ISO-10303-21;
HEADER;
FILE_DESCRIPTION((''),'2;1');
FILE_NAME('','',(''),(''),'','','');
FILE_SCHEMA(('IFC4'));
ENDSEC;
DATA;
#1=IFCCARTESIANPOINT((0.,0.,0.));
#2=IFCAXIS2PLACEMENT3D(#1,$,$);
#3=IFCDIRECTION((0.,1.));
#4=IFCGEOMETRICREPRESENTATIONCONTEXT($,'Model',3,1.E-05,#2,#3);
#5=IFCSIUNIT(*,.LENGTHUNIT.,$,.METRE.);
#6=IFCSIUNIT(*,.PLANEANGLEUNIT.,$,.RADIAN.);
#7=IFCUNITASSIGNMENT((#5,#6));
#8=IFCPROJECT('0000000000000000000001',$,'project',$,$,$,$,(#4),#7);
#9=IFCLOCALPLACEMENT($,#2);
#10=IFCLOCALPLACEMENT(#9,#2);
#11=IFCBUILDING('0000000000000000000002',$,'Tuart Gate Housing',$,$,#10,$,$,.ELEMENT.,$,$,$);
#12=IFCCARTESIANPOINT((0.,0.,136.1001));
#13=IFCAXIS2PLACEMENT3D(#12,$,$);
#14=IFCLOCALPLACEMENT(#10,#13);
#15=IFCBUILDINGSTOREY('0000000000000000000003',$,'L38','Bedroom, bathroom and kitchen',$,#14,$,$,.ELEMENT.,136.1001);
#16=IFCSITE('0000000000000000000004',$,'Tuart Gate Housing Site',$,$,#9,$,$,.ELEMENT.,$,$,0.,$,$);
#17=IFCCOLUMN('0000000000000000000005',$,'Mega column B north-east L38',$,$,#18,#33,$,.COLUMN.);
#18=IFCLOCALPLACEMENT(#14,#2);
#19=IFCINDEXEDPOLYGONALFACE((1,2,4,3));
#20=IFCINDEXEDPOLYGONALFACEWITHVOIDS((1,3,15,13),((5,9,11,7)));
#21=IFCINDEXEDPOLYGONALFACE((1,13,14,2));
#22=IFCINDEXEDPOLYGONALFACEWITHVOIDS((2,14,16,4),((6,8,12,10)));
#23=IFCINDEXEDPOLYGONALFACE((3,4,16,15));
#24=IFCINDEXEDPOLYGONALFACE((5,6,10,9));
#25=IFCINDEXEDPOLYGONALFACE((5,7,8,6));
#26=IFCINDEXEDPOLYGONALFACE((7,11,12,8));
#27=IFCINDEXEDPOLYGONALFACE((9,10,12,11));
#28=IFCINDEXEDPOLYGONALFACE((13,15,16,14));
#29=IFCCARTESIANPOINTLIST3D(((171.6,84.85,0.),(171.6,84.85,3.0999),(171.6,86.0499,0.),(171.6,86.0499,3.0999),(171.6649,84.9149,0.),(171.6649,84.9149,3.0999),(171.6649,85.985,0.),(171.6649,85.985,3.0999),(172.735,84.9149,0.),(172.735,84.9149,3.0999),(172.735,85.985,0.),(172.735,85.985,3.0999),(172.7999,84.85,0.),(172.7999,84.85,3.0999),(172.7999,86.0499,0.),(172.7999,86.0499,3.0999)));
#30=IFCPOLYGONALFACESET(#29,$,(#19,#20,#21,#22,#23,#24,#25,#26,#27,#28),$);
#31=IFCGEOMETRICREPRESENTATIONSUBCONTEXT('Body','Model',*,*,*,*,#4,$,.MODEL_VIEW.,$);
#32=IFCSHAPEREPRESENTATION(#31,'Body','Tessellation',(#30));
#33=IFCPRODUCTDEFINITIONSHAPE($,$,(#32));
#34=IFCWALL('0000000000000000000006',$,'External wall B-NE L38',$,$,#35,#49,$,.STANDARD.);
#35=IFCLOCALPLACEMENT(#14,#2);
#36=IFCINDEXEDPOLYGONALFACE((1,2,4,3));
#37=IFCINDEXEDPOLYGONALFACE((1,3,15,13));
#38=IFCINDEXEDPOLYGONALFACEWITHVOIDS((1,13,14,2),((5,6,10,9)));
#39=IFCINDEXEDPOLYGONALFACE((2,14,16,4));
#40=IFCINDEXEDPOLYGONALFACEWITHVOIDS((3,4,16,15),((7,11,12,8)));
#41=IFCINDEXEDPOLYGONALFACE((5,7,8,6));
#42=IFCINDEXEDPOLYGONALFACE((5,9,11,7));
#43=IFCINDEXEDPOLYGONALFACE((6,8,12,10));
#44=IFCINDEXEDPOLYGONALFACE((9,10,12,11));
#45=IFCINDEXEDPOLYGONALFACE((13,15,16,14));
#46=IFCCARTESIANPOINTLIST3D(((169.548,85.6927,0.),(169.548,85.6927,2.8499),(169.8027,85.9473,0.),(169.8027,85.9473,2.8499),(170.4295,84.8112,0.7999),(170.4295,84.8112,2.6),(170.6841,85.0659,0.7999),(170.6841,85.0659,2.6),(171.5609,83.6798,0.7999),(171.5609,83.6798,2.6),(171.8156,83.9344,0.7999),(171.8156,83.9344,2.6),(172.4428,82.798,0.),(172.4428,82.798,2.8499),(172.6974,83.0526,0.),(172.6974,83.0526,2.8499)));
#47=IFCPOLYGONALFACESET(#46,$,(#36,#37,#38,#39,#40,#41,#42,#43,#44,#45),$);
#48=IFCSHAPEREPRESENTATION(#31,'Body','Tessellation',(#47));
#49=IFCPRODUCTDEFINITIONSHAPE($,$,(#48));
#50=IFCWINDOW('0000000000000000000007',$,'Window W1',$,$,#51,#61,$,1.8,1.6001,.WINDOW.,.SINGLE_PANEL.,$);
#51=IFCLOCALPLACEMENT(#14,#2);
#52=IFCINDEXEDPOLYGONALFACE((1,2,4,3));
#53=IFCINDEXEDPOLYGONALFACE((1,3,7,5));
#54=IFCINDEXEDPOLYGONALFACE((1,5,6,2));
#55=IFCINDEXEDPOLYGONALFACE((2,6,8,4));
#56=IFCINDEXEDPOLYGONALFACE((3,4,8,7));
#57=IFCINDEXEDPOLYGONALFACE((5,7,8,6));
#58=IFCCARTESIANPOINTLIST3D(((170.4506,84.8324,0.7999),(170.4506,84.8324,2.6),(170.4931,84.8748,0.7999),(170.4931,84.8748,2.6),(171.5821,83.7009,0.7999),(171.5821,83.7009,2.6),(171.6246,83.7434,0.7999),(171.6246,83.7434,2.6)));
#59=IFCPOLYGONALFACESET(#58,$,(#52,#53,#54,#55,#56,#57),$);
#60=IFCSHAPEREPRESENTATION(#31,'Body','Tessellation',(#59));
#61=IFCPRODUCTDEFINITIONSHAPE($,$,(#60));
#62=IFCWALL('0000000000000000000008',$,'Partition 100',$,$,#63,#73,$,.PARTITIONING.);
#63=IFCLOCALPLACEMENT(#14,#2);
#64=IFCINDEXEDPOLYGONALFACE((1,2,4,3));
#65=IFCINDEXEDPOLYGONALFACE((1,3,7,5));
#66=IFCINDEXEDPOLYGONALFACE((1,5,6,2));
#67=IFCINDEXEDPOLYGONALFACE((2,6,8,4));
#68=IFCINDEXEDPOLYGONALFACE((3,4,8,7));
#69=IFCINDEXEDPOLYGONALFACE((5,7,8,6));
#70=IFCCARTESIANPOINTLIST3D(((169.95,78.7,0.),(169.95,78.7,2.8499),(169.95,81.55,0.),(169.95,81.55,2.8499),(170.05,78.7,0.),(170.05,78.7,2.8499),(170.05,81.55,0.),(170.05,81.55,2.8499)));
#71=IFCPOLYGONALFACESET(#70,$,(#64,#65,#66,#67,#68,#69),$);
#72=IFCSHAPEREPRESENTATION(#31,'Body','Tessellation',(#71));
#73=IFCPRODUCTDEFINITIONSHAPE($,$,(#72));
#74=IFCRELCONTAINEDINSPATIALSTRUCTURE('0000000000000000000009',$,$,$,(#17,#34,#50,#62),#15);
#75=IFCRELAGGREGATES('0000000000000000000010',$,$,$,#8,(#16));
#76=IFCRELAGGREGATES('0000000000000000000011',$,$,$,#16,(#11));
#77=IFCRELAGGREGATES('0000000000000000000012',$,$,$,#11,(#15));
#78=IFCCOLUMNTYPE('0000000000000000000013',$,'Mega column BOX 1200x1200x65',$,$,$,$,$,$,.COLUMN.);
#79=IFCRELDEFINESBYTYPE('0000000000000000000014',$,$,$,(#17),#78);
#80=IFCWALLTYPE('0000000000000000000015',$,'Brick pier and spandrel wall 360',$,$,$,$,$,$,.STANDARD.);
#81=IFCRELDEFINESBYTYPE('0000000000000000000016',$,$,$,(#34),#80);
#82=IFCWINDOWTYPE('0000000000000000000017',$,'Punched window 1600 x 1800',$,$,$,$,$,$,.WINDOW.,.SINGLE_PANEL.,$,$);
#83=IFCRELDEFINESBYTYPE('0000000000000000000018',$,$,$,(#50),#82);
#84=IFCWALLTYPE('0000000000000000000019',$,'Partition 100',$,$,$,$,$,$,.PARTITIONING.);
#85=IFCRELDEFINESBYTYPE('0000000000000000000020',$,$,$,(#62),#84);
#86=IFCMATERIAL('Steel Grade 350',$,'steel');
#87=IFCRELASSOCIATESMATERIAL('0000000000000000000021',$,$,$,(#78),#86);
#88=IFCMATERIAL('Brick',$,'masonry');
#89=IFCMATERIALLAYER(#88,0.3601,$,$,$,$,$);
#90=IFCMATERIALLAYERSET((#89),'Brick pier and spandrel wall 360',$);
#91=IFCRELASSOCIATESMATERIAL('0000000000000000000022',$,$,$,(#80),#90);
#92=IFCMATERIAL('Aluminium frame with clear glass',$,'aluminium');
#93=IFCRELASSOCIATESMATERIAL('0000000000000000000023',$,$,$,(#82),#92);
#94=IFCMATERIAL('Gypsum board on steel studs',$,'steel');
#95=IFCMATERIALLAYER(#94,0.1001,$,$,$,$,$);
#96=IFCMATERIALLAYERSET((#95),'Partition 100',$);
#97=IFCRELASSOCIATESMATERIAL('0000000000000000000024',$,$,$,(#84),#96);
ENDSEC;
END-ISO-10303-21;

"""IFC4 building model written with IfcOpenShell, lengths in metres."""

from ifc_helpers import new_model, si_unit, direction, frame, frame_2d, origin, origin_2d, place, context, subcontext, project, spatial, rectangle, hollow_rectangle, extrude, material, layer, layer_set, material_profile, profile_set, type_object, element, fill, save


model = new_model("IFC4")

# Units and contexts
model_context = context("Model", 3, precision=1e-05, world=origin(), true_north=direction((0.0, 1.0)))
body_context = subcontext(model_context, "Body", "Model", "MODEL_VIEW")
ifc_project = project(units=[si_unit("LENGTHUNIT", "METRE"), si_unit("PLANEANGLEUNIT", "RADIAN")], contexts=[model_context])

# Site, building, storey
site_placement = place(None, origin())
site = spatial("IfcSite", under=ifc_project, at=site_placement, Name="Tuart Gate Housing Site", CompositionType="ELEMENT", RefElevation=0.0)
building_placement = place(site_placement, origin())
building = spatial("IfcBuilding", under=site, at=building_placement, Name="Tuart Gate Housing", CompositionType="ELEMENT")
storey_placement = place(building_placement, frame((0.0, 0.0, 136.1001)))
storey = spatial("IfcBuildingStorey", under=building, at=storey_placement, Name="L38", Description="Bedroom, bathroom and kitchen", CompositionType="ELEMENT", Elevation=136.1001)

# Column
ifc_material_1 = material(Name="Steel Grade 350", Category="steel")
ifc_material_profile = material_profile(ifc_material_1, hollow_rectangle(XDim=1.2, YDim=1.2, WallThickness=0.0649, at=origin_2d()), Name="BOX 1200x1200x65")
ifc_profile_set = profile_set([ifc_material_profile], Name="Steel Grade 350")
column_type = type_object("IfcColumnType", Name="Mega column BOX 1200x1200x65", PredefinedType="COLUMN", material=ifc_profile_set)
column_placement = place(storey_placement, frame((172.2, 85.45, 0.0), z_axis=(0.0, 0.0, 1.0), x_axis=(1.0, 0.0, 0.0)))
element("IfcColumn", 1, at=column_placement, inside=storey, type_object=column_type, Name="Mega column B north-east L38", PredefinedType="COLUMN", context=body_context, shape_type="SweptSolid", body=[
    extrude(hollow_rectangle(XDim=1.2, YDim=1.2, WallThickness=0.0649, at=origin_2d()), origin(), (0.0, 0.0, 1.0), 3.0999),
])

# Wall, opening, window
ifc_material_2 = material(Name="Brick", Category="masonry")
ifc_layer_1 = layer(ifc_material_2, 0.3601)
ifc_layer_set_1 = layer_set([ifc_layer_1], Name="Brick pier and spandrel wall 360")
wall_type_1 = type_object("IfcWallType", Name="Brick pier and spandrel wall 360", PredefinedType="STANDARD", material=ifc_layer_set_1)
wall_1_placement = place(storey_placement, frame((172.5701, 82.9253, 0.0), z_axis=(0.0, 0.0, 1.0), x_axis=(-0.707107, 0.707107, 0.0)))
wall_1 = element("IfcWall", 2, at=wall_1_placement, inside=storey, type_object=wall_type_1, Name="External wall B-NE L38", PredefinedType="STANDARD", context=body_context, shape_type="SweptSolid", body=[
    extrude(rectangle(XDim=4.0938, YDim=0.3601, at=frame_2d((2.0469, 0.0))), origin(), (0.0, 0.0, 1.0), 2.8499),
])
opening_1_placement = place(wall_1_placement, frame((1.2471, 0.0, 0.8)))
opening_1 = element("IfcOpeningElement", 3, at=opening_1_placement, cuts=wall_1, PredefinedType="OPENING", context=body_context, shape_type="SweptSolid", body=[
    extrude(rectangle(XDim=1.6001, YDim=1.8, at=frame_2d((0.8, 0.8999))), frame((0.0, 0.1899, 0.0), z_axis=(0.0, -1.0, 0.0), x_axis=(1.0, 0.0, 0.0)), (0.0, 0.0, 1.0), 0.3801),
])
ifc_material_3 = material(Name="Aluminium frame with clear glass", Category="aluminium")
window_type_1 = type_object("IfcWindowType", Name="Punched window 1600 x 1800", PartitioningType="SINGLE_PANEL", PredefinedType="WINDOW", material=ifc_material_3)
window_1_placement = place(opening_1_placement, origin())
window_1 = element("IfcWindow", 4, at=window_1_placement, inside=storey, type_object=window_type_1, Name="Window W1", OverallHeight=1.8, OverallWidth=1.6001, PartitioningType="SINGLE_PANEL", PredefinedType="WINDOW", context=body_context, shape_type="SweptSolid", body=[
    extrude(rectangle(XDim=1.6001, YDim=1.8, at=frame_2d((0.8, 0.8999))), frame((0.0, 0.1501, 0.0), z_axis=(0.0, -1.0, 0.0), x_axis=(1.0, 0.0, 0.0)), (0.0, 0.0, 1.0), 0.0601),
])
fill(opening_1, window_1)

# Wall
ifc_material_4 = material(Name="Gypsum board on steel studs", Category="steel")
ifc_layer_2 = layer(ifc_material_4, 0.1001)
ifc_layer_set_2 = layer_set([ifc_layer_2], Name="Partition 100")
wall_type_2 = type_object("IfcWallType", Name="Partition 100", PredefinedType="PARTITIONING", material=ifc_layer_set_2)
wall_2_placement = place(storey_placement, frame((170.0, 78.7, 0.0), z_axis=(0.0, 0.0, 1.0), x_axis=(0.0, 1.0, 0.0)))
element("IfcWall", 5, at=wall_2_placement, inside=storey, type_object=wall_type_2, Name="Partition 100", PredefinedType="PARTITIONING", context=body_context, shape_type="SweptSolid", body=[
    extrude(rectangle(XDim=2.8501, YDim=0.1001, at=frame_2d((1.425, 0.0))), origin(), (0.0, 0.0, 1.0), 2.8499),
])

save(model, "model.ifc")
